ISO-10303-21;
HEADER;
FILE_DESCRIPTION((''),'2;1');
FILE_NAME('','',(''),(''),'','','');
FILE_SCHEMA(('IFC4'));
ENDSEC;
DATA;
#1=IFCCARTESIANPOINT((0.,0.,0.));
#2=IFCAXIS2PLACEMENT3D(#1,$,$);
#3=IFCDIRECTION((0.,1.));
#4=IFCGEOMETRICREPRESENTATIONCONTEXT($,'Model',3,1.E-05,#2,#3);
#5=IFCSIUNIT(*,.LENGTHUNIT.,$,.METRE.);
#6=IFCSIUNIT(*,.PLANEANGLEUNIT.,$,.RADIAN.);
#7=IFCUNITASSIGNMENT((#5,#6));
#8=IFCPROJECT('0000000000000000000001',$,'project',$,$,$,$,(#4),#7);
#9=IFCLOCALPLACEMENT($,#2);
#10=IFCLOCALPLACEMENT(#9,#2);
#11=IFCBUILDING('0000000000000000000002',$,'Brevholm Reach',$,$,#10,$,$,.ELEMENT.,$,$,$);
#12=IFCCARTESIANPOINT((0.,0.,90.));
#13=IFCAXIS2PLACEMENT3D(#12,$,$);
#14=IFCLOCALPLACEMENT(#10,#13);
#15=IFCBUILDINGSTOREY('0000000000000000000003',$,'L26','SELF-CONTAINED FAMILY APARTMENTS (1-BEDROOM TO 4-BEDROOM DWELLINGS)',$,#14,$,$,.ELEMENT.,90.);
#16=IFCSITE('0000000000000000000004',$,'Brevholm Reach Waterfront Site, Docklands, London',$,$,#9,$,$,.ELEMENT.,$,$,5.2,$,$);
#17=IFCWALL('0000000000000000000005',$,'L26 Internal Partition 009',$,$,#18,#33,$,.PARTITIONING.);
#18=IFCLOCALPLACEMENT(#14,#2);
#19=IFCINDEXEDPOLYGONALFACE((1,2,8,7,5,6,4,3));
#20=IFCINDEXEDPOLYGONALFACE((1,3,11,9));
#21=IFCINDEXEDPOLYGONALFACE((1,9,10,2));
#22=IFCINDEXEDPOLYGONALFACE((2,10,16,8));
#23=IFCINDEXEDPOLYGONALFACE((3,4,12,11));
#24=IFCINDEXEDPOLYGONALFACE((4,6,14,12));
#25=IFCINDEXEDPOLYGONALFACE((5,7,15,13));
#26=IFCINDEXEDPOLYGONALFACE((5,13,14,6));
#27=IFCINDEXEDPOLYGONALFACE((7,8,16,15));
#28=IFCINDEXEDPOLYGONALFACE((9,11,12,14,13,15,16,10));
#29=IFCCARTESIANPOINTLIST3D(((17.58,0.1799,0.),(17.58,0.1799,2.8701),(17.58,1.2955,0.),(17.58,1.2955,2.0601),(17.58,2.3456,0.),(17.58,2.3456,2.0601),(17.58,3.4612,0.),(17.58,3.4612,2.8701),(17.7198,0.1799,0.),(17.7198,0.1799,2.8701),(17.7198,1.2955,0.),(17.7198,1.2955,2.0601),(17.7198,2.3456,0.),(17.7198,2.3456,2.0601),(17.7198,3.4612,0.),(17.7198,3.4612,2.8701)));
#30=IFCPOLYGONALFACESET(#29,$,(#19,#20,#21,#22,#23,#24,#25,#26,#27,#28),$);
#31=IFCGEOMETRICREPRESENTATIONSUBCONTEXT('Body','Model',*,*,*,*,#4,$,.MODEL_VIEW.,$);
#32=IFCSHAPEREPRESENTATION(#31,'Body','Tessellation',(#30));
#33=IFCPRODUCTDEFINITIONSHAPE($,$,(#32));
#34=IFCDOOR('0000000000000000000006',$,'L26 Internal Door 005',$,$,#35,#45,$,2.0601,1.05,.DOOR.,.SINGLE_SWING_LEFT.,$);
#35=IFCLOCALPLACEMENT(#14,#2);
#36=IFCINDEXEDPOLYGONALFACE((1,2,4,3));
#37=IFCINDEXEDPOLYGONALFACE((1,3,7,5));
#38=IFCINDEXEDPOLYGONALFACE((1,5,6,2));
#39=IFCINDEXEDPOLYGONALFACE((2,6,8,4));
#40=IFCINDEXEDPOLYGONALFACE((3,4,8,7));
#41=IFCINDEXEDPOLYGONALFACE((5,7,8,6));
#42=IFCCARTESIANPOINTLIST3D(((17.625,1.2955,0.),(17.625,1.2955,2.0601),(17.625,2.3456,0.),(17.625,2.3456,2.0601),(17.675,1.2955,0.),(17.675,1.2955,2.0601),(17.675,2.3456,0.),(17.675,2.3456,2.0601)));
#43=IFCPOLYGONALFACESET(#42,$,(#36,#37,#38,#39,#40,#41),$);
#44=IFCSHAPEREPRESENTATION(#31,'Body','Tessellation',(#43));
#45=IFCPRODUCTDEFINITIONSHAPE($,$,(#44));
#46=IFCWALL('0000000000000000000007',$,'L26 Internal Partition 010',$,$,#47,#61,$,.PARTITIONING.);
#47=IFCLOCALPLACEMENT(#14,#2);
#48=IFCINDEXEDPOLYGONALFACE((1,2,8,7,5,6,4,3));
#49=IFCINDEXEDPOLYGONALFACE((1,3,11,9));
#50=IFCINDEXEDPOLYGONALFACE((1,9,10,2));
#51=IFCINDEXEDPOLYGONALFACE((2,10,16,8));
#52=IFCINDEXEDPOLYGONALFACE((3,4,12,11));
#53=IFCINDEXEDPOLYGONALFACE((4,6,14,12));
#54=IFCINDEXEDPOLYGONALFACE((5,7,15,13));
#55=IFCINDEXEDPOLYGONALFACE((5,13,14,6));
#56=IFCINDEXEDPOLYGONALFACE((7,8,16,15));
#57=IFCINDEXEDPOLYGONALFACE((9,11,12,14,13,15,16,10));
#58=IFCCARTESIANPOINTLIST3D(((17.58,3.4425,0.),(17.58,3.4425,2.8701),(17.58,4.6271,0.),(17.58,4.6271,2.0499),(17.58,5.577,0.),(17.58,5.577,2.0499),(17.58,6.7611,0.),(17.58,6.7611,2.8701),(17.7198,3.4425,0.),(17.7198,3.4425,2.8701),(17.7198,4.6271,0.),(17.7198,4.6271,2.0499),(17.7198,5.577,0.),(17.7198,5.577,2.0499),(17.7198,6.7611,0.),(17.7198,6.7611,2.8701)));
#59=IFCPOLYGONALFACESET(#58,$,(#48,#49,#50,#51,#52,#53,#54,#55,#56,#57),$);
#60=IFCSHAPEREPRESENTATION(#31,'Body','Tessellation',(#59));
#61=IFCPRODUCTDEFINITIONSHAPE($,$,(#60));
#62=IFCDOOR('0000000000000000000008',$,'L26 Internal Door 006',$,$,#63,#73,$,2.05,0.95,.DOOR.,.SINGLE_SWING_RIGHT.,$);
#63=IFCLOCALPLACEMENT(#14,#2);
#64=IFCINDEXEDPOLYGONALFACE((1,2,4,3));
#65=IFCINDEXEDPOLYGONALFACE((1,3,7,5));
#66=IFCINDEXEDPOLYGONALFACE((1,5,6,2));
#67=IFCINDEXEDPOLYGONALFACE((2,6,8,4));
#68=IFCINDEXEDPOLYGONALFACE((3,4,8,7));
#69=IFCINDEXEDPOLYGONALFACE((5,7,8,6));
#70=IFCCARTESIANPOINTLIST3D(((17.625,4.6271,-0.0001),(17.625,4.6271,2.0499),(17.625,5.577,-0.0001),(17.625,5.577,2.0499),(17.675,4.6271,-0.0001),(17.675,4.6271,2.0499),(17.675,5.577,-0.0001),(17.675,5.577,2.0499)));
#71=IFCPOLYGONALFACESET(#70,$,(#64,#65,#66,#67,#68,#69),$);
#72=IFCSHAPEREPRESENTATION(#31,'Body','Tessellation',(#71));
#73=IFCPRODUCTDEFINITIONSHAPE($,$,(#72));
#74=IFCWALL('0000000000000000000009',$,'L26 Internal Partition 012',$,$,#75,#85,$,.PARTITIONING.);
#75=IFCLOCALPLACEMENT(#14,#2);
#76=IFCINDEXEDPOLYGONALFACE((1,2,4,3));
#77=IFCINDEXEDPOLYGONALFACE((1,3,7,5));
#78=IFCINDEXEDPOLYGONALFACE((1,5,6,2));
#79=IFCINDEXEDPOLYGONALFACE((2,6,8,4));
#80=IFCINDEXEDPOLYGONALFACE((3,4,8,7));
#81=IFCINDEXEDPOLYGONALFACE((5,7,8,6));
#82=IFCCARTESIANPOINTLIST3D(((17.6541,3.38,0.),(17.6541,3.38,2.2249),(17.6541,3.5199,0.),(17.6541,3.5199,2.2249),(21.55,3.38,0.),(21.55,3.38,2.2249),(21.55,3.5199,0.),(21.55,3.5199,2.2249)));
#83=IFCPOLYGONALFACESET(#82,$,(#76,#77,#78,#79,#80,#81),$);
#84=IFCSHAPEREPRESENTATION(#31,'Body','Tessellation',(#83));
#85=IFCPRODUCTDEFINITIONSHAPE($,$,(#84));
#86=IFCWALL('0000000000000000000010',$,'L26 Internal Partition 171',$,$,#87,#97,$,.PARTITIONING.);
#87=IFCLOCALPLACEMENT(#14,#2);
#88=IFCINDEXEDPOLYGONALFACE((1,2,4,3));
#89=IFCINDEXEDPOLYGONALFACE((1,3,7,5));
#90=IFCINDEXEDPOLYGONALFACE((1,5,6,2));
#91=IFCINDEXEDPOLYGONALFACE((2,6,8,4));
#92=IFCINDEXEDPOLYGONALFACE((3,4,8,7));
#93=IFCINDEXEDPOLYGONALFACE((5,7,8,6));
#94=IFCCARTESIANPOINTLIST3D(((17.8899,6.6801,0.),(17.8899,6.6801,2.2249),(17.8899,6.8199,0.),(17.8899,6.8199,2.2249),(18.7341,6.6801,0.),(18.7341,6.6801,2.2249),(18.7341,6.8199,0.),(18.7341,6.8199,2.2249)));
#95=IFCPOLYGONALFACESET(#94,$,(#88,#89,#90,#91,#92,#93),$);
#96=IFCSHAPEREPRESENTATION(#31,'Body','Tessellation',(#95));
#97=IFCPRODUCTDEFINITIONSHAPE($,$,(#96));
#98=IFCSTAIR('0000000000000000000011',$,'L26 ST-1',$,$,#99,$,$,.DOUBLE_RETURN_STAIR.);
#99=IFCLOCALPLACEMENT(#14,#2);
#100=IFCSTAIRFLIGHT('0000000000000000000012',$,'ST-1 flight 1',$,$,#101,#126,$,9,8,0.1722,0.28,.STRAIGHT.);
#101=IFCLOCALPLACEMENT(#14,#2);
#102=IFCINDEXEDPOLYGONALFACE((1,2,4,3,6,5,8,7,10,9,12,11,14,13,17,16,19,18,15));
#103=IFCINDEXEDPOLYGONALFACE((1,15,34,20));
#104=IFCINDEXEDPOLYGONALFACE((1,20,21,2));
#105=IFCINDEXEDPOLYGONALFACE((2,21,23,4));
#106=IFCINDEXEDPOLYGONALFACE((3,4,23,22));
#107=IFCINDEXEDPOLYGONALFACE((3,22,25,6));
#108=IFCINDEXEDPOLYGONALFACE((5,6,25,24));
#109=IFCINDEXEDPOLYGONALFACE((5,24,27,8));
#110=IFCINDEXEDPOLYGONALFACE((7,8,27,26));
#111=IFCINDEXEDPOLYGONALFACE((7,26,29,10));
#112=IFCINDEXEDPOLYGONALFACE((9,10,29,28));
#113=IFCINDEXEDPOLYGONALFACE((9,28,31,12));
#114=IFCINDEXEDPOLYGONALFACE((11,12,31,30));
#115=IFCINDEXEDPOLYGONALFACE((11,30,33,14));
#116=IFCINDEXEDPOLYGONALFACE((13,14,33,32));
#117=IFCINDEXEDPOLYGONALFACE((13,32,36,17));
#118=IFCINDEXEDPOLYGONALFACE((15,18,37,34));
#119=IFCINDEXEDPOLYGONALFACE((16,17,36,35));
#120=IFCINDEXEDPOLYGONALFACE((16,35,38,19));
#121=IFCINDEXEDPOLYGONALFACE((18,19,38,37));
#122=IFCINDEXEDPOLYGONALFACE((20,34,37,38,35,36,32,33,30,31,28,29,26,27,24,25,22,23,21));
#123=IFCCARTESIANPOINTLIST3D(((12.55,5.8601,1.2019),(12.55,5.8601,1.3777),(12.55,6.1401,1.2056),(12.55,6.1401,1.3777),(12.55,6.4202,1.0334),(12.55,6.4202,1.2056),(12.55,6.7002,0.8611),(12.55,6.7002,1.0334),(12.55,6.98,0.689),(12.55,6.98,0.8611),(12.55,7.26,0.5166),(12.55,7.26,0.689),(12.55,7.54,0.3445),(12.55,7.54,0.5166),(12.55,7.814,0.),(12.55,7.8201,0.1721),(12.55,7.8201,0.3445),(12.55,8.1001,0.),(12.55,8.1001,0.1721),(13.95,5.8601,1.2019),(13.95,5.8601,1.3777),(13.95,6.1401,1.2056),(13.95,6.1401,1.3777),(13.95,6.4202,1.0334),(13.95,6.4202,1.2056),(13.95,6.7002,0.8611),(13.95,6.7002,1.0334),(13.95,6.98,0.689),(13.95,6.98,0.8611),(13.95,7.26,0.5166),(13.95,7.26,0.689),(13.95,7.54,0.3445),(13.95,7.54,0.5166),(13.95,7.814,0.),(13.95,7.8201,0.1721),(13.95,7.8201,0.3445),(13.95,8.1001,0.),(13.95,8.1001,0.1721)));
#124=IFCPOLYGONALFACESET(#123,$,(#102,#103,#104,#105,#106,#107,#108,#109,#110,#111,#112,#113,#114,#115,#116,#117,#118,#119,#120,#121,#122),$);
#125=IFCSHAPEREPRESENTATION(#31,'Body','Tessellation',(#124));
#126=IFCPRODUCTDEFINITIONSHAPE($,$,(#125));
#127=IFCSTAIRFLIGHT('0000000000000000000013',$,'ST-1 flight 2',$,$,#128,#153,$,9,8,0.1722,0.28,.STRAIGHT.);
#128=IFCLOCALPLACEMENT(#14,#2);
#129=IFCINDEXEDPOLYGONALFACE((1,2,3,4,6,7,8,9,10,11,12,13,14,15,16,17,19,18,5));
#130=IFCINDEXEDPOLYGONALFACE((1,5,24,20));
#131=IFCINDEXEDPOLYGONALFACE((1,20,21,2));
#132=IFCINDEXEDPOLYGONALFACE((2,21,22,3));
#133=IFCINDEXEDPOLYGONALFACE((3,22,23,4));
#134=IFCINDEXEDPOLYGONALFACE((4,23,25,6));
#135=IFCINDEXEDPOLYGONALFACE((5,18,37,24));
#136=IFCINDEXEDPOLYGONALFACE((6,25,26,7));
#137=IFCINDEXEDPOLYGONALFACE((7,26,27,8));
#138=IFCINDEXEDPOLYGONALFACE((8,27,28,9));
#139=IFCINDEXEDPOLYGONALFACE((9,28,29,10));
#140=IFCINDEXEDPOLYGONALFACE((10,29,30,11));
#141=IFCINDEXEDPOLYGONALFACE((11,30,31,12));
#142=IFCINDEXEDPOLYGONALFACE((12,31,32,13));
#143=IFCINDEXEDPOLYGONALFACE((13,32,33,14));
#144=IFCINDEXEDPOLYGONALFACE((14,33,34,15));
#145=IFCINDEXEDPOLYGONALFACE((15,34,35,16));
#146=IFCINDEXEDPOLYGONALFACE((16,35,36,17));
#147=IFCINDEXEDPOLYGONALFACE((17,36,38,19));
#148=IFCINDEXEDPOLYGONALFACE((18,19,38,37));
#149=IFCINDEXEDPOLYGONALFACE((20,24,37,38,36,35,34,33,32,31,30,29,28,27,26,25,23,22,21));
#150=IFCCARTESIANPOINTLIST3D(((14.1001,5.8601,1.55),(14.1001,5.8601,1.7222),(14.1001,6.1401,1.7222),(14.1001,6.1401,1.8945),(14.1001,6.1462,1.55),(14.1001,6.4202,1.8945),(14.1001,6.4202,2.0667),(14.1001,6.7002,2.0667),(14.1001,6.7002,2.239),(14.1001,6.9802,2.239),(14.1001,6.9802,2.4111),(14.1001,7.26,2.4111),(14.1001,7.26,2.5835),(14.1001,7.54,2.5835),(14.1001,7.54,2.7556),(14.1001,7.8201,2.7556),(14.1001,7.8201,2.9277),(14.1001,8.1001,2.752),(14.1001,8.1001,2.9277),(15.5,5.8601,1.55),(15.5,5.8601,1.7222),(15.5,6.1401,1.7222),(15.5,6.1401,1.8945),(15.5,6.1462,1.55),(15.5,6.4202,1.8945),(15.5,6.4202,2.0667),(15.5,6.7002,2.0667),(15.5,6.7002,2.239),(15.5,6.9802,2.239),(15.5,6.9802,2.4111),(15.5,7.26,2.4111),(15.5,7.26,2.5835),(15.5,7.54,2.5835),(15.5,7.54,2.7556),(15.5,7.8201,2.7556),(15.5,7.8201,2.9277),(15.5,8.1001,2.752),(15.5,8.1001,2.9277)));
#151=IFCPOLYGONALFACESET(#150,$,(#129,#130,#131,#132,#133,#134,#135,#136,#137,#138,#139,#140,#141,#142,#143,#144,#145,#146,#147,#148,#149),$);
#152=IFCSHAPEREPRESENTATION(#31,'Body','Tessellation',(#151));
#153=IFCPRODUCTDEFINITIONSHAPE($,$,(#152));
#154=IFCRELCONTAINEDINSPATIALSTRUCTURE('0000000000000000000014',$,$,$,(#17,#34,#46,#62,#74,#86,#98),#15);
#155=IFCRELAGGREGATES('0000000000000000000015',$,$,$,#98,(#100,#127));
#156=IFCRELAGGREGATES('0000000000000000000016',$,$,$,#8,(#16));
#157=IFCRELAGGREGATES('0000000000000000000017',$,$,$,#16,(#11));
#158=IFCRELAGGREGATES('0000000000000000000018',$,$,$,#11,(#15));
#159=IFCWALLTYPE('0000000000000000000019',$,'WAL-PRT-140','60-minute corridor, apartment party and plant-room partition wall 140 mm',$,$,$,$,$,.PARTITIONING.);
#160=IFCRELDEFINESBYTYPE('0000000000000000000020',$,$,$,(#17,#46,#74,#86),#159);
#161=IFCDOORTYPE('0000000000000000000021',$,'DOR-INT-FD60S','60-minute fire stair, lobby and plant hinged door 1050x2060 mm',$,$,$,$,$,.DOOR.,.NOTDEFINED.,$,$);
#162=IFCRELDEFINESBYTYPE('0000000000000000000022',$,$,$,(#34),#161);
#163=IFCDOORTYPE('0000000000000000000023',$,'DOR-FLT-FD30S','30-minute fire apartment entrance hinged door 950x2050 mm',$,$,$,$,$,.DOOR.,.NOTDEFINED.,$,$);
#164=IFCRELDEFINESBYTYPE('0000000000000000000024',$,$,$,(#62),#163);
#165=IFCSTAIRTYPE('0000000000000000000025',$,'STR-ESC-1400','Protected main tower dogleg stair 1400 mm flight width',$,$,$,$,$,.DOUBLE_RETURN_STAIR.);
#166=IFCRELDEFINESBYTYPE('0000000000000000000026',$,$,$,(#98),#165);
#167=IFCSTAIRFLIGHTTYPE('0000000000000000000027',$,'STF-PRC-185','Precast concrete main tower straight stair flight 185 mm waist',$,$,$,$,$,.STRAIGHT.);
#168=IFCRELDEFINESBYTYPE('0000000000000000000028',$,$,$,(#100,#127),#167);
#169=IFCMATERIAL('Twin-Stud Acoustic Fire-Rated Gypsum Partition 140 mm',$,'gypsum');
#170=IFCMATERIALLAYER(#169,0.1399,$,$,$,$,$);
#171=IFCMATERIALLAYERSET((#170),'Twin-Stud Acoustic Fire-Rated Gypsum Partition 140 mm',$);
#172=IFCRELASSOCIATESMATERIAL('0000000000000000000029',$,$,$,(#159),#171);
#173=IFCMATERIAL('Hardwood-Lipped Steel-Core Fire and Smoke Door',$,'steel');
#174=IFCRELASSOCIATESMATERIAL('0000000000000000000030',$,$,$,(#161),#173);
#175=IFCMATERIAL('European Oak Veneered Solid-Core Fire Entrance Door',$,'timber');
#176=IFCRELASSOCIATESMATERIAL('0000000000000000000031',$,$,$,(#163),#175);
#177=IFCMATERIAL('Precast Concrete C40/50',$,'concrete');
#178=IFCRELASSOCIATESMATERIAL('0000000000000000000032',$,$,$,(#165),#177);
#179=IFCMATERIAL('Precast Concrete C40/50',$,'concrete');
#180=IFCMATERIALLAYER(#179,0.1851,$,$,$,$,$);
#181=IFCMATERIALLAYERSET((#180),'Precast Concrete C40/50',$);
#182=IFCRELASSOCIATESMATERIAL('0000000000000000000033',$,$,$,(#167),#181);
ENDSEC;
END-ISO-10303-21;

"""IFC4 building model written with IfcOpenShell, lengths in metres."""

from ifc_helpers import new_model, si_unit, direction, frame, frame_2d, origin, place, context, subcontext, project, spatial, polyline, rectangle, outline, extrude, material, layer, layer_set, type_object, element, fill, aggregate, save


model = new_model("IFC4")

# Units and contexts
model_context = context("Model", 3, precision=1e-05, world=origin(), true_north=direction((0.0, 1.0)))
body_context = subcontext(model_context, "Body", "Model", "MODEL_VIEW")
ifc_project = project(units=[si_unit("LENGTHUNIT", "METRE"), si_unit("PLANEANGLEUNIT", "RADIAN")], contexts=[model_context])

# Site, building, storey
site_placement = place(None, origin())
site = spatial("IfcSite", under=ifc_project, at=site_placement, Name="Brevholm Reach Waterfront Site, Docklands, London", CompositionType="ELEMENT", RefElevation=5.2)
building_placement = place(site_placement, origin())
building = spatial("IfcBuilding", under=site, at=building_placement, Name="Brevholm Reach", CompositionType="ELEMENT")
storey_placement = place(building_placement, frame((0.0, 0.0, 90.0)))
storey = spatial("IfcBuildingStorey", under=building, at=storey_placement, Name="L26", Description="SELF-CONTAINED FAMILY APARTMENTS (1-BEDROOM TO 4-BEDROOM DWELLINGS)", CompositionType="ELEMENT", Elevation=90.0)

# Walls, openings, doors
ifc_material_1 = material(Name="Twin-Stud Acoustic Fire-Rated Gypsum Partition 140 mm", Category="gypsum")
ifc_layer_1 = layer(ifc_material_1, 0.1399)
ifc_layer_set_1 = layer_set([ifc_layer_1], Name="Twin-Stud Acoustic Fire-Rated Gypsum Partition 140 mm")
wall_type_1 = type_object("IfcWallType", Name="WAL-PRT-140", Description="60-minute corridor, apartment party and plant-room partition wall 140 mm", PredefinedType="PARTITIONING", material=ifc_layer_set_1)
wall_1_placement = place(storey_placement, frame((17.6499, 0.1799, 0.0), z_axis=(0.0, 0.0, 1.0), x_axis=(0.0, 1.0, 0.0)))
wall_1 = element("IfcWall", 1, at=wall_1_placement, inside=storey, type_object=wall_type_1, Name="L26 Internal Partition 009", PredefinedType="PARTITIONING", context=body_context, shape_type="SweptSolid", body=[
    extrude(rectangle(XDim=3.2812, YDim=0.1399, at=frame_2d((1.6406, 0.0))), origin(), (0.0, 0.0, 1.0), 2.8701),
])
opening_1_placement = place(wall_1_placement, frame((1.1157, 0.0, 0.0)))
opening_1 = element("IfcOpeningElement", 2, at=opening_1_placement, cuts=wall_1, PredefinedType="OPENING", context=body_context, shape_type="SweptSolid", body=[
    extrude(rectangle(XDim=1.05, YDim=2.0601, at=frame_2d((0.5249, 1.03))), frame((0.0, 0.0798, 0.0), z_axis=(0.0, -1.0, 0.0), x_axis=(1.0, 0.0, 0.0)), (0.0, 0.0, 1.0), 0.1599),
])
ifc_material_2 = material(Name="Hardwood-Lipped Steel-Core Fire and Smoke Door", Category="steel")
door_type_1 = type_object("IfcDoorType", Name="DOR-INT-FD60S", Description="60-minute fire stair, lobby and plant hinged door 1050x2060 mm", OperationType="NOTDEFINED", PredefinedType="DOOR", material=ifc_material_2)
door_1_placement = place(opening_1_placement, origin())
door_1 = element("IfcDoor", 3, at=door_1_placement, inside=storey, type_object=door_type_1, Name="L26 Internal Door 005", OperationType="SINGLE_SWING_LEFT", OverallHeight=2.0601, OverallWidth=1.05, PredefinedType="DOOR", context=body_context, shape_type="SweptSolid", body=[
    extrude(rectangle(XDim=1.05, YDim=2.0601, at=frame_2d((0.5249, 1.03))), frame((0.0, 0.0249, 0.0), z_axis=(0.0, -1.0, 0.0), x_axis=(1.0, 0.0, 0.0)), (0.0, 0.0, 1.0), 0.05),
])
fill(opening_1, door_1)
wall_2_placement = place(storey_placement, frame((17.6499, 3.4426, 0.0), z_axis=(0.0, 0.0, 1.0), x_axis=(0.0, 1.0, 0.0)))
wall_2 = element("IfcWall", 4, at=wall_2_placement, inside=storey, type_object=wall_type_1, Name="L26 Internal Partition 010", PredefinedType="PARTITIONING", context=body_context, shape_type="SweptSolid", body=[
    extrude(rectangle(XDim=3.3186, YDim=0.1399, at=frame_2d((1.6592, 0.0))), origin(), (0.0, 0.0, 1.0), 2.8701),
])
opening_2_placement = place(wall_2_placement, frame((1.1843, 0.0, 0.0)))
opening_2 = element("IfcOpeningElement", 5, at=opening_2_placement, cuts=wall_2, PredefinedType="OPENING", context=body_context, shape_type="SweptSolid", body=[
    extrude(rectangle(XDim=0.95, YDim=2.05, at=frame_2d((0.4751, 1.0249))), frame((0.0, 0.0798, 0.0), z_axis=(0.0, -1.0, 0.0), x_axis=(1.0, 0.0, 0.0)), (0.0, 0.0, 1.0), 0.1599),
])
ifc_material_3 = material(Name="European Oak Veneered Solid-Core Fire Entrance Door", Category="timber")
door_type_2 = type_object("IfcDoorType", Name="DOR-FLT-FD30S", Description="30-minute fire apartment entrance hinged door 950x2050 mm", OperationType="NOTDEFINED", PredefinedType="DOOR", material=ifc_material_3)
door_2_placement = place(opening_2_placement, origin())
door_2 = element("IfcDoor", 6, at=door_2_placement, inside=storey, type_object=door_type_2, Name="L26 Internal Door 006", OperationType="SINGLE_SWING_RIGHT", OverallHeight=2.05, OverallWidth=0.95, PredefinedType="DOOR", context=body_context, shape_type="SweptSolid", body=[
    extrude(rectangle(XDim=0.95, YDim=2.05, at=frame_2d((0.4751, 1.0249))), frame((0.0, 0.0249, 0.0), z_axis=(0.0, -1.0, 0.0), x_axis=(1.0, 0.0, 0.0)), (0.0, 0.0, 1.0), 0.05),
])
fill(opening_2, door_2)

# Walls
wall_3_placement = place(storey_placement, frame((17.6541, 3.45, 0.0), z_axis=(0.0, 0.0, 1.0), x_axis=(1.0, 0.0, 0.0)))
element("IfcWall", 7, at=wall_3_placement, inside=storey, type_object=wall_type_1, Name="L26 Internal Partition 012", PredefinedType="PARTITIONING", context=body_context, shape_type="SweptSolid", body=[
    extrude(rectangle(XDim=3.896, YDim=0.1399, at=frame_2d((1.948, 0.0))), origin(), (0.0, 0.0, 1.0), 2.2249),
])
wall_4_placement = place(storey_placement, frame((17.8899, 6.75, 0.0), z_axis=(0.0, 0.0, 1.0), x_axis=(1.0, 0.0, 0.0)))
element("IfcWall", 8, at=wall_4_placement, inside=storey, type_object=wall_type_1, Name="L26 Internal Partition 171", PredefinedType="PARTITIONING", context=body_context, shape_type="SweptSolid", body=[
    extrude(rectangle(XDim=0.8442, YDim=0.1399, at=frame_2d((0.4221, 0.0))), origin(), (0.0, 0.0, 1.0), 2.2249),
])

# Stair, stair flights
ifc_material_4 = material(Name="Precast Concrete C40/50", Category="concrete")
stair_type = type_object("IfcStairType", Name="STR-ESC-1400", Description="Protected main tower dogleg stair 1400 mm flight width", PredefinedType="DOUBLE_RETURN_STAIR", material=ifc_material_4)
stair_placement = place(storey_placement, origin())
stair = element("IfcStair", 9, at=stair_placement, inside=storey, type_object=stair_type, Name="L26 ST-1", PredefinedType="DOUBLE_RETURN_STAIR")
ifc_material_5 = material(Name="Precast Concrete C40/50", Category="concrete")
ifc_layer_2 = layer(ifc_material_5, 0.1851)
ifc_layer_set_2 = layer_set([ifc_layer_2], Name="Precast Concrete C40/50")
stair_flight_type = type_object("IfcStairFlightType", Name="STF-PRC-185", Description="Precast concrete main tower straight stair flight 185 mm waist", PredefinedType="STRAIGHT", material=ifc_layer_set_2)
stair_flight_1_placement = place(storey_placement, frame((13.25, 8.1001, 0.0), z_axis=(0.0, 0.0, 1.0), x_axis=(0.0, -1.0, 0.0)))
stair_flight_1 = element("IfcStairFlight", 10, at=stair_flight_1_placement, type_object=stair_flight_type, Name="ST-1 flight 1", NumberOfRisers=9, NumberOfTreads=8, PredefinedType="STRAIGHT", RiserHeight=0.1722, TreadLength=0.28, context=body_context, shape_type="SweptSolid", body=[
    extrude(outline(polyline([(0.0, 0.0), (0.0, 0.1721), (0.28, 0.1721), (0.28, 0.3445), (0.5601, 0.3445), (0.5601, 0.5166), (0.8401, 0.5166), (0.8401, 0.689), (1.1201, 0.689), (1.1201, 0.8611), (1.3999, 0.8611), (1.3999, 1.0334), (1.6799, 1.0334), (1.6799, 1.2056), (1.96, 1.2056), (1.96, 1.3777), (2.24, 1.3777), (2.24, 1.55), (2.24, 1.2019), (0.2861, 0.0), (0.0, 0.0)])), frame((0.0, 0.7, 0.0), z_axis=(0.0, -1.0, 0.0), x_axis=(1.0, 0.0, 0.0)), (0.0, 0.0, 1.0), 1.3999),
])
stair_flight_2_placement = place(storey_placement, frame((14.8, 5.8601, 1.55), z_axis=(0.0, 0.0, 1.0), x_axis=(0.0, 1.0, 0.0)))
stair_flight_2 = element("IfcStairFlight", 11, at=stair_flight_2_placement, type_object=stair_flight_type, Name="ST-1 flight 2", NumberOfRisers=9, NumberOfTreads=8, PredefinedType="STRAIGHT", RiserHeight=0.1722, TreadLength=0.28, context=body_context, shape_type="SweptSolid", body=[
    extrude(outline(polyline([(0.0, 0.0), (0.0, 0.1721), (0.28, 0.1721), (0.28, 0.3445), (0.5601, 0.3445), (0.5601, 0.5166), (0.8401, 0.5166), (0.8401, 0.689), (1.1201, 0.689), (1.1201, 0.8611), (1.3999, 0.8611), (1.3999, 1.0334), (1.6799, 1.0334), (1.6799, 1.2056), (1.96, 1.2056), (1.96, 1.3777), (2.24, 1.3777), (2.24, 1.55), (2.24, 1.2019), (0.2861, 0.0), (0.0, 0.0)])), frame((0.0, 0.7, 0.0), z_axis=(0.0, -1.0, 0.0), x_axis=(1.0, 0.0, 0.0)), (0.0, 0.0, 1.0), 1.3999),
])
aggregate(stair, [stair_flight_1, stair_flight_2])

save(model, "model.ifc")
